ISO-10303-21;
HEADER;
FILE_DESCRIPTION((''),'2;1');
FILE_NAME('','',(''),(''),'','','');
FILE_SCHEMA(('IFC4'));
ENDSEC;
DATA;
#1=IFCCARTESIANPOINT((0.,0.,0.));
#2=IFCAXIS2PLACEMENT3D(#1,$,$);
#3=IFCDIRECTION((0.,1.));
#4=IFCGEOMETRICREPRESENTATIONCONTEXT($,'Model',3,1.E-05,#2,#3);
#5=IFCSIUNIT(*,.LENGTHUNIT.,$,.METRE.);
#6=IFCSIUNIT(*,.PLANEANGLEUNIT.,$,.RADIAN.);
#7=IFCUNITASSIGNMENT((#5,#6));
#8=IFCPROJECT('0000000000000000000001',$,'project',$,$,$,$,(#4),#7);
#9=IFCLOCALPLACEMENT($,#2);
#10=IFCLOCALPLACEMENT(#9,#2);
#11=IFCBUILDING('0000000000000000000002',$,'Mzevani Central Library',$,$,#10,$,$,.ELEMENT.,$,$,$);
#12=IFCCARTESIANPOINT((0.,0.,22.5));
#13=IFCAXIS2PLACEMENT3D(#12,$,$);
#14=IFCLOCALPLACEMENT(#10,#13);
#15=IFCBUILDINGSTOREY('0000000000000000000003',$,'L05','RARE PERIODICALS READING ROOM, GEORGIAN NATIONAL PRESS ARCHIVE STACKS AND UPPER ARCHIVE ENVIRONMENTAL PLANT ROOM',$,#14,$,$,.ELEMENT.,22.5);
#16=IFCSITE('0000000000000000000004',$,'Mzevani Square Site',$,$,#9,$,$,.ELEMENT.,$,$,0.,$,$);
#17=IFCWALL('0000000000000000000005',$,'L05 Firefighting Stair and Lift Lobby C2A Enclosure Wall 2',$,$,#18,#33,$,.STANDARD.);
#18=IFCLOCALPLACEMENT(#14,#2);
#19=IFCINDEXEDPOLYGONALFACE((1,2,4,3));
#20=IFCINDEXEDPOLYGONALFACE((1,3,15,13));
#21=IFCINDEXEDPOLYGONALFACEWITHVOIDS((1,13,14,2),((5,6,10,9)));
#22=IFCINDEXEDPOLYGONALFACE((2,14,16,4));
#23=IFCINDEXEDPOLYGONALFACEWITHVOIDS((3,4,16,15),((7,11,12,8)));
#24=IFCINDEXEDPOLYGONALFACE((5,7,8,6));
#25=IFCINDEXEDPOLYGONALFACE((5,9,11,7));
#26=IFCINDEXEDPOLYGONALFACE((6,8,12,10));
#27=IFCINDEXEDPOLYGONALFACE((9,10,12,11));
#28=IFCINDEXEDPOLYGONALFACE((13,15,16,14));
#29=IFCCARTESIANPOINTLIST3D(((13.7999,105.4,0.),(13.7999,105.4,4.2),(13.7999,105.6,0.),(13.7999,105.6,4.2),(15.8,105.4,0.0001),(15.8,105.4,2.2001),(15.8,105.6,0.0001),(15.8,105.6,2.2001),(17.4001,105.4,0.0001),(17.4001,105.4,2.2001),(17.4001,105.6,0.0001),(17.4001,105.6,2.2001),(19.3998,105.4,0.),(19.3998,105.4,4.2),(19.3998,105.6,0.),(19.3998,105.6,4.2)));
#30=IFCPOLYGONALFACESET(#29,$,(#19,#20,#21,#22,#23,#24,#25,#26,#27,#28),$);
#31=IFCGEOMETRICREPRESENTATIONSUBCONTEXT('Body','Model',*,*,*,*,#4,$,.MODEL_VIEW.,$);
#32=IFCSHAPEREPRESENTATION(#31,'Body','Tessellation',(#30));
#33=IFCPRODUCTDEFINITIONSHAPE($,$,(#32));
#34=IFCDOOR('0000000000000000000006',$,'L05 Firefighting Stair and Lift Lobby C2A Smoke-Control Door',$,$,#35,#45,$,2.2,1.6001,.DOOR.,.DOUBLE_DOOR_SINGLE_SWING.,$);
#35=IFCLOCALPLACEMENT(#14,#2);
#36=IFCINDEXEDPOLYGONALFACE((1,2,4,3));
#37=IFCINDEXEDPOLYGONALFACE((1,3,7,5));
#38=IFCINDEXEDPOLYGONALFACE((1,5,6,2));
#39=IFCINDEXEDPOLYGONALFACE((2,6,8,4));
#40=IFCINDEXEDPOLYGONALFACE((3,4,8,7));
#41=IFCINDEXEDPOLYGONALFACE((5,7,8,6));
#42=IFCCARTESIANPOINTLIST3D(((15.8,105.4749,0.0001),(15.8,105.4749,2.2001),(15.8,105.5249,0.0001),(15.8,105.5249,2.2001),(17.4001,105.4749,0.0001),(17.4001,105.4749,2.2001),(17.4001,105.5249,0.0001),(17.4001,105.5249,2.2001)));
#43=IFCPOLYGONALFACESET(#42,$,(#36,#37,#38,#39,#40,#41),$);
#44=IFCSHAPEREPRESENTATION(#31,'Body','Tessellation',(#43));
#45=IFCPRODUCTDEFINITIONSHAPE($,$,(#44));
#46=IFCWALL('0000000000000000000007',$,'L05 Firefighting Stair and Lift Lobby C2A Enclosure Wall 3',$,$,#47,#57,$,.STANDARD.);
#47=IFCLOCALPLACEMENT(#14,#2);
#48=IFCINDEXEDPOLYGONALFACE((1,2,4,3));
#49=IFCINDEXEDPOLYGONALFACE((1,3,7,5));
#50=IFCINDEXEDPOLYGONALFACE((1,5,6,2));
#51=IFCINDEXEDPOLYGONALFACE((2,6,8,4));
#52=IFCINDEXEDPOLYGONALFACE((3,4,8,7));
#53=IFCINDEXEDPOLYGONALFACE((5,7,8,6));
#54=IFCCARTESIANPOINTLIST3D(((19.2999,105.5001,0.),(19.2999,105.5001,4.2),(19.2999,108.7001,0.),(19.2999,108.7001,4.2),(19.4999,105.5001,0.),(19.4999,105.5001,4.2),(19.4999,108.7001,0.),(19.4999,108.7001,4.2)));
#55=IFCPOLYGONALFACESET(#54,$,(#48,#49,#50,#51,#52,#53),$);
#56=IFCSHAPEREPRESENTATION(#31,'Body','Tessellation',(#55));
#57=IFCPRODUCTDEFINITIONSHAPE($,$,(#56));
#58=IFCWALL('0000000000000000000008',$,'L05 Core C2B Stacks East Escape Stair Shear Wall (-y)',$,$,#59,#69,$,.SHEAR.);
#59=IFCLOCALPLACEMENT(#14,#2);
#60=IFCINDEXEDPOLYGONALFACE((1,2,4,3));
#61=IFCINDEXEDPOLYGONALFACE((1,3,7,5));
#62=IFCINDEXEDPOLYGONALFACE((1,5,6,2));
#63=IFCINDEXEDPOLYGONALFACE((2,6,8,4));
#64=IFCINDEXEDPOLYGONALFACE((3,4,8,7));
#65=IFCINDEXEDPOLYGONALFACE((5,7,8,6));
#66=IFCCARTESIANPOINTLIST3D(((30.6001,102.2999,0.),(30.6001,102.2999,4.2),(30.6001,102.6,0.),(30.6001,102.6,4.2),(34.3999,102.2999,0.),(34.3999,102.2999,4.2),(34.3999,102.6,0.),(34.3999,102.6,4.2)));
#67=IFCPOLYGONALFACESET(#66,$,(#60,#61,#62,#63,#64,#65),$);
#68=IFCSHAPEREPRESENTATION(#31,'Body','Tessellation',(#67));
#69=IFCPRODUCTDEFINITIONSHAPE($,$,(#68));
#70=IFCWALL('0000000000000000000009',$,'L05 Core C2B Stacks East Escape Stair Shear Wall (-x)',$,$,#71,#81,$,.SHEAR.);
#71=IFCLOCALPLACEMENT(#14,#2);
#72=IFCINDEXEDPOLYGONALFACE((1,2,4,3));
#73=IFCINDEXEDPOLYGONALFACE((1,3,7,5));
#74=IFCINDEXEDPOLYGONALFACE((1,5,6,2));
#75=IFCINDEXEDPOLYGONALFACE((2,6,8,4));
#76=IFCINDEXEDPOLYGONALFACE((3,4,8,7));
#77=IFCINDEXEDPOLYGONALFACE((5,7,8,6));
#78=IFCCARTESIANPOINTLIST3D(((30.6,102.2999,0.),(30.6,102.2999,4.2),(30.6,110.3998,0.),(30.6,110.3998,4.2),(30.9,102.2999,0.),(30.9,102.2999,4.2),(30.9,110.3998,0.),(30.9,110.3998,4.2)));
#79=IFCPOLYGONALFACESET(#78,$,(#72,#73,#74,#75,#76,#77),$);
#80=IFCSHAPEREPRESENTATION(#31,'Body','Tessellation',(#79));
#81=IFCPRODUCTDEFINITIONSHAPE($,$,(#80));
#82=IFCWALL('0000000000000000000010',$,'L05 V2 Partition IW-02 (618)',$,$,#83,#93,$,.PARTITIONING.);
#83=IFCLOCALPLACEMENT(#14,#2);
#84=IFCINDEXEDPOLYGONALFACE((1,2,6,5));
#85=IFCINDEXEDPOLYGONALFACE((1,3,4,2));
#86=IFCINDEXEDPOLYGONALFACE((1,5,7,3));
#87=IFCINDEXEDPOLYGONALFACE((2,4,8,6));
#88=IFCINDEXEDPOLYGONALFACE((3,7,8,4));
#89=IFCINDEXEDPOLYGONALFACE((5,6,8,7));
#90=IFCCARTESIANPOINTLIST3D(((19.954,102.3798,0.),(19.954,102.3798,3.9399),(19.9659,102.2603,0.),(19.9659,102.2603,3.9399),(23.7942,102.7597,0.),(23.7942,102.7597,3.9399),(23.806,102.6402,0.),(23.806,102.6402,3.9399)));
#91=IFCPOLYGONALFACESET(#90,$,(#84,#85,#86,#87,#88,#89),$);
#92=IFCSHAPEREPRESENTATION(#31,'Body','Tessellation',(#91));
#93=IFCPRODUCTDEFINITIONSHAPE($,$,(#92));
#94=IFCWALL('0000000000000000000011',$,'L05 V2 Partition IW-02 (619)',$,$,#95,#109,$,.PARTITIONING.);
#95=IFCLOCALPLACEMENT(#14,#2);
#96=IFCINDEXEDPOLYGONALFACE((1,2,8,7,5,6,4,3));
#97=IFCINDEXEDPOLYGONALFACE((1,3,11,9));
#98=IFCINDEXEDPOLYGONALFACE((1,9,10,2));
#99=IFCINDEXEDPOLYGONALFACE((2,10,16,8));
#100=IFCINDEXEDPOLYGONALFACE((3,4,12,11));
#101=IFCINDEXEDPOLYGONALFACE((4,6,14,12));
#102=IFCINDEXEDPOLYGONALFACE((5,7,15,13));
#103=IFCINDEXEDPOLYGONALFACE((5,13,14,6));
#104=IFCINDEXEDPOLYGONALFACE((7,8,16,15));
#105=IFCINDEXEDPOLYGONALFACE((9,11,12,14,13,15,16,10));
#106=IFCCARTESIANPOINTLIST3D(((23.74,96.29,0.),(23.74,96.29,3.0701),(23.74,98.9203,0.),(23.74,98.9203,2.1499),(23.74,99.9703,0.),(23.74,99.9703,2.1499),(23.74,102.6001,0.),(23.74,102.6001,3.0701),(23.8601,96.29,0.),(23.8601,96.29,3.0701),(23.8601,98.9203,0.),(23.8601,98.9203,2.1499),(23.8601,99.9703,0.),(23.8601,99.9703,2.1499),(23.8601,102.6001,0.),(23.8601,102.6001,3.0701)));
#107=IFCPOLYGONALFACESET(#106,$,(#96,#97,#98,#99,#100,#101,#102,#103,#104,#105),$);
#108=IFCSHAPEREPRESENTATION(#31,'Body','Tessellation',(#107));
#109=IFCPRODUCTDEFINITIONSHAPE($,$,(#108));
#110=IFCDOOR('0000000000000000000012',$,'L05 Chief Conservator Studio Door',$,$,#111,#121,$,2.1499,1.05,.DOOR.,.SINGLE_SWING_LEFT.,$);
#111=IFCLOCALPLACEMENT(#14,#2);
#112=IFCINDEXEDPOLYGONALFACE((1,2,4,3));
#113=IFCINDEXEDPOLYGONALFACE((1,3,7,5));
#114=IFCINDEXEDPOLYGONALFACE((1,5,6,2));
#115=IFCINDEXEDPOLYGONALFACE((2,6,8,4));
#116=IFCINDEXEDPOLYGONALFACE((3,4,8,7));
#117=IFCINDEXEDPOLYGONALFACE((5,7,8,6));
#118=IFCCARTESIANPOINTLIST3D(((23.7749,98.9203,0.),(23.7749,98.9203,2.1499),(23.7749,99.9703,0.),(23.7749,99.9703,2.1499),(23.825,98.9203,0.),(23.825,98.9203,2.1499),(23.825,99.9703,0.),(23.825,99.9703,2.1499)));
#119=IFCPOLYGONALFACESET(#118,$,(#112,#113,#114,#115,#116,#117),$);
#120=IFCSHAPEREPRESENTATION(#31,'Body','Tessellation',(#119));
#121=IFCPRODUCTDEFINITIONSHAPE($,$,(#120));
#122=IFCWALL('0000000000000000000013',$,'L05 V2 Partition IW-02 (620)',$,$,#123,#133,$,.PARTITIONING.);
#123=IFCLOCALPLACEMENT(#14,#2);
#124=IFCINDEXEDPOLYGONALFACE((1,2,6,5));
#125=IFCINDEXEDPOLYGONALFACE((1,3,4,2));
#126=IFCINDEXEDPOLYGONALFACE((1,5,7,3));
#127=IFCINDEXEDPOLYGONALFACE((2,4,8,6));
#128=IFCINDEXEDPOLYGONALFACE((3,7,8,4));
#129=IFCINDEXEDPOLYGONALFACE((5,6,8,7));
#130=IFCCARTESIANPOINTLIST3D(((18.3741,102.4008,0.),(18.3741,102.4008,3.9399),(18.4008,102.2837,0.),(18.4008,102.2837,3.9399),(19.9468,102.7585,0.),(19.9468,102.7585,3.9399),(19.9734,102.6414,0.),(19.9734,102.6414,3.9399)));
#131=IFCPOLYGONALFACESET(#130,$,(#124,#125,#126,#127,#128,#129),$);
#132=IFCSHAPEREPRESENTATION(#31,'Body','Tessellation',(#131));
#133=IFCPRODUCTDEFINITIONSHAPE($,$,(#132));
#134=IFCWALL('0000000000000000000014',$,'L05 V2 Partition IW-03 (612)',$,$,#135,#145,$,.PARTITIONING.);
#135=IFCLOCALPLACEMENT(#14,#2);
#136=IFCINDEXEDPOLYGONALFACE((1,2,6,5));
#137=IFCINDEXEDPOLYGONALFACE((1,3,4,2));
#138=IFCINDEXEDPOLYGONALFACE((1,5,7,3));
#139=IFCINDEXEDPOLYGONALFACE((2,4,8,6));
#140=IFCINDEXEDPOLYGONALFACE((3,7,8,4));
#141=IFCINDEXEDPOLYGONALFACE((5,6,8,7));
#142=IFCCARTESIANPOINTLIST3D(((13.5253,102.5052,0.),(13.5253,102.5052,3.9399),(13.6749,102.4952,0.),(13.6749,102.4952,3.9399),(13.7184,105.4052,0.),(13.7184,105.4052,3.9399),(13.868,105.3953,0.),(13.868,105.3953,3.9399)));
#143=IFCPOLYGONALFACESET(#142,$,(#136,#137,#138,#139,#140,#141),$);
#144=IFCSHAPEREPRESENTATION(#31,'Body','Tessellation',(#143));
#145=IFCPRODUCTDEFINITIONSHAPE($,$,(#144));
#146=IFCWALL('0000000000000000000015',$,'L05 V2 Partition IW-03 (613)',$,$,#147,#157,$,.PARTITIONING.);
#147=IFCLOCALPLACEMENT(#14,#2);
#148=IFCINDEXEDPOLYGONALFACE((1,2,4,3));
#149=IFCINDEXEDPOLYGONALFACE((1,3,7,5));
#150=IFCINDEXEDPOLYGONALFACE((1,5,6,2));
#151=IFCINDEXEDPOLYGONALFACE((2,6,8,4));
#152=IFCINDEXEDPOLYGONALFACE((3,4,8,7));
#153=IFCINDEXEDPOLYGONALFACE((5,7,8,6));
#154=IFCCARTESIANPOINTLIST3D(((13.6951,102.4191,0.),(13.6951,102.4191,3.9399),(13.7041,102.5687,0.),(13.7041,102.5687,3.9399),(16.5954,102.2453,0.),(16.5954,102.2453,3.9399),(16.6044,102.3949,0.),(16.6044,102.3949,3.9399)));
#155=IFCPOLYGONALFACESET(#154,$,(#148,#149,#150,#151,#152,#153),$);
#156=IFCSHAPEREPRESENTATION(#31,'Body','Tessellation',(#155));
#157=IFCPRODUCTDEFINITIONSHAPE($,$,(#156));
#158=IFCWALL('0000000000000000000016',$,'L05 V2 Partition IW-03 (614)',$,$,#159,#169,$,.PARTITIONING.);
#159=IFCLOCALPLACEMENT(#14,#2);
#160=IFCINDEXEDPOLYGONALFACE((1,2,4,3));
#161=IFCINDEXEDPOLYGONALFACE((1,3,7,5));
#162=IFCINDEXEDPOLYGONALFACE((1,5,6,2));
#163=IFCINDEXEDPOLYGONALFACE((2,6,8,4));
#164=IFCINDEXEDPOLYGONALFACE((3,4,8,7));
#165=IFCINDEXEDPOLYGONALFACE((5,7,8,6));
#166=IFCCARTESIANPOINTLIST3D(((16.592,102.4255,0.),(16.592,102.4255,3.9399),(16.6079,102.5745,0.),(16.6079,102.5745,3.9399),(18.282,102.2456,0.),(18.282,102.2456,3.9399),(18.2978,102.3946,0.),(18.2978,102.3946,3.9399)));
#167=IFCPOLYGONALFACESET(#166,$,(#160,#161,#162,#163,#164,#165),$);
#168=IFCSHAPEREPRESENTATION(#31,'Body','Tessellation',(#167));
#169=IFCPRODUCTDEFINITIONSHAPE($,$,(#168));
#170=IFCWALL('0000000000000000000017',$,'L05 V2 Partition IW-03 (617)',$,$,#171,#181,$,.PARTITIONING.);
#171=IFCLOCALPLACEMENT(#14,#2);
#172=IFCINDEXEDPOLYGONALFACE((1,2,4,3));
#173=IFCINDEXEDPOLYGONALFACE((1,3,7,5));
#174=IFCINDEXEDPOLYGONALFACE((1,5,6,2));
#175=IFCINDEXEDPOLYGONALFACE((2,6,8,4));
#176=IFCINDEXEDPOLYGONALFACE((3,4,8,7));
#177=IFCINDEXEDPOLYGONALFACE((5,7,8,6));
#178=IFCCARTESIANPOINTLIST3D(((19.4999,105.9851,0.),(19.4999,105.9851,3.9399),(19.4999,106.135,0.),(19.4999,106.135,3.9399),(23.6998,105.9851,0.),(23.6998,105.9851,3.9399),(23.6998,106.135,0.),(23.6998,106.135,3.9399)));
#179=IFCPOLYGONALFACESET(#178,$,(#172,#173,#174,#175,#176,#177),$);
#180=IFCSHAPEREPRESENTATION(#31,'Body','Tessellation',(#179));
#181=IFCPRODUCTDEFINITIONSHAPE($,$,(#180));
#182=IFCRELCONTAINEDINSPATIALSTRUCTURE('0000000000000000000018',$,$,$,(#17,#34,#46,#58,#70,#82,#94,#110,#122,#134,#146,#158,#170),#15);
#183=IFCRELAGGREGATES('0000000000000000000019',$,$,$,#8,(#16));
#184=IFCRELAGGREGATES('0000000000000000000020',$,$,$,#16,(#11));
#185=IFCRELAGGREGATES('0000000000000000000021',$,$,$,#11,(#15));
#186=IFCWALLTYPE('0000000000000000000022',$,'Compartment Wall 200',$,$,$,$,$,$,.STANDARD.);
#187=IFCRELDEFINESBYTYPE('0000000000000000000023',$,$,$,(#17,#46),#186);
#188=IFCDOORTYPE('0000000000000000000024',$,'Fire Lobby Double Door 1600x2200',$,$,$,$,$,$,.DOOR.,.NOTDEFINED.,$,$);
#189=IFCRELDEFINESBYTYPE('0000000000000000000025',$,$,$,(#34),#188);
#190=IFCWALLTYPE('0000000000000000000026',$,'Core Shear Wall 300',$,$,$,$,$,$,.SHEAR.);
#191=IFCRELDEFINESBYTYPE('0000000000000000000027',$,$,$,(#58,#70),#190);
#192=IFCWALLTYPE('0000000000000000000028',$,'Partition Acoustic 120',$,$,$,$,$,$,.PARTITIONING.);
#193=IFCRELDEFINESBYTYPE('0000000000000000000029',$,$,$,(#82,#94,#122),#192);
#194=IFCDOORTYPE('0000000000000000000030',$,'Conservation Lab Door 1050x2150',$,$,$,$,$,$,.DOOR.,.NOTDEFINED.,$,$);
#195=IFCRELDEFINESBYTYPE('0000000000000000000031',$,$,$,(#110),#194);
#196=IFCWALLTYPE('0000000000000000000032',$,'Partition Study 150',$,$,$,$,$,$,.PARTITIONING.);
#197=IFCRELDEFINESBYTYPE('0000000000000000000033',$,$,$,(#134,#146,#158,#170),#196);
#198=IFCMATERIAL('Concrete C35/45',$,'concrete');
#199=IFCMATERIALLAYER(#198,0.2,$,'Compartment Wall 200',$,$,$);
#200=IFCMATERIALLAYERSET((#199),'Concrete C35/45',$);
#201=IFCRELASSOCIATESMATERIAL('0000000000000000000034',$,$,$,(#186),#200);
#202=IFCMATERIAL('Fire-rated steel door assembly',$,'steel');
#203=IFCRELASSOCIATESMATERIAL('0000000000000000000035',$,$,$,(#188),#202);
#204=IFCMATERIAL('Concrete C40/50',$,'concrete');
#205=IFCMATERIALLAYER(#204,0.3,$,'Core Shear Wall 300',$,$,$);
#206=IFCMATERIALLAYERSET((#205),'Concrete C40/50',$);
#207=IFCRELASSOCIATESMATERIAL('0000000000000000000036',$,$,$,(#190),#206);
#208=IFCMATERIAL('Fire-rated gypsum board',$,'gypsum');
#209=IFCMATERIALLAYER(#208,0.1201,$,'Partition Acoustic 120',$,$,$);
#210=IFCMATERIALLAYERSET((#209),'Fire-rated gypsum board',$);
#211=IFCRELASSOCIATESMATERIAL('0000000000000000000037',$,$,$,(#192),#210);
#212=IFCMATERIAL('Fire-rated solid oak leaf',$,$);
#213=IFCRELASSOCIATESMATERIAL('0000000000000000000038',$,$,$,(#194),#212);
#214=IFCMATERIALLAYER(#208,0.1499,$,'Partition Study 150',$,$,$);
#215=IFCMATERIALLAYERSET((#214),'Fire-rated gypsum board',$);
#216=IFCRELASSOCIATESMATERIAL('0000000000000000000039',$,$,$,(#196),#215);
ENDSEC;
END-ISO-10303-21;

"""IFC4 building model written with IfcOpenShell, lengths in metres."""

from ifc_helpers import new_model, si_unit, direction, frame, frame_2d, origin, place, context, subcontext, project, spatial, rectangle, extrude, material, layer, layer_set, type_object, element, fill, save


model = new_model("IFC4")

# Units and contexts
model_context = context("Model", 3, precision=1e-05, world=origin(), true_north=direction((0.0, 1.0)))
body_context = subcontext(model_context, "Body", "Model", "MODEL_VIEW")
ifc_project = project(units=[si_unit("LENGTHUNIT", "METRE"), si_unit("PLANEANGLEUNIT", "RADIAN")], contexts=[model_context])

# Site, building, storey
site_placement = place(None, origin())
site = spatial("IfcSite", under=ifc_project, at=site_placement, Name="Mzevani Square Site", CompositionType="ELEMENT", RefElevation=0.0)
building_placement = place(site_placement, origin())
building = spatial("IfcBuilding", under=site, at=building_placement, Name="Mzevani Central Library", CompositionType="ELEMENT")
storey_placement = place(building_placement, frame((0.0, 0.0, 22.5)))
storey = spatial("IfcBuildingStorey", under=building, at=storey_placement, Name="L05", Description="RARE PERIODICALS READING ROOM, GEORGIAN NATIONAL PRESS ARCHIVE STACKS AND UPPER ARCHIVE ENVIRONMENTAL PLANT ROOM", CompositionType="ELEMENT", Elevation=22.5)

# Wall, opening, door
ifc_material_1 = material(Name="Concrete C35/45", Category="concrete")
ifc_layer_1 = layer(ifc_material_1, 0.2, Name="Compartment Wall 200")
ifc_layer_set_1 = layer_set([ifc_layer_1], Name="Concrete C35/45")
wall_type_1 = type_object("IfcWallType", Name="Compartment Wall 200", PredefinedType="STANDARD", material=ifc_layer_set_1)
wall_1_placement = place(storey_placement, frame((13.8, 105.5, 0.0), z_axis=(0.0, 0.0, 1.0), x_axis=(1.0, 0.0, 0.0)))
wall_1 = element("IfcWall", 1, at=wall_1_placement, inside=storey, type_object=wall_type_1, Name="L05 Firefighting Stair and Lift Lobby C2A Enclosure Wall 2", PredefinedType="STANDARD", context=body_context, shape_type="SweptSolid", body=[
    extrude(rectangle(XDim=5.5999, YDim=0.2, at=frame_2d((2.7998, 0.0))), origin(), (0.0, 0.0, 1.0), 4.2),
])
opening_1_placement = place(wall_1_placement, frame((2.0, 0.0, 0.0)))
opening_1 = element("IfcOpeningElement", 2, at=opening_1_placement, cuts=wall_1, PredefinedType="OPENING", context=body_context, shape_type="SweptSolid", body=[
    extrude(rectangle(XDim=1.6001, YDim=2.2, at=frame_2d((0.8, 1.1001))), frame((0.0, 0.1099, 0.0), z_axis=(0.0, -1.0, 0.0), x_axis=(1.0, 0.0, 0.0)), (0.0, 0.0, 1.0), 0.22),
])
ifc_material_2 = material(Name="Fire-rated steel door assembly", Category="steel")
door_type_1 = type_object("IfcDoorType", Name="Fire Lobby Double Door 1600x2200", OperationType="NOTDEFINED", PredefinedType="DOOR", material=ifc_material_2)
door_1_placement = place(opening_1_placement, origin())
door_1 = element("IfcDoor", 3, at=door_1_placement, inside=storey, type_object=door_type_1, Name="L05 Firefighting Stair and Lift Lobby C2A Smoke-Control Door", OperationType="DOUBLE_DOOR_SINGLE_SWING", OverallHeight=2.2, OverallWidth=1.6001, PredefinedType="DOOR", context=body_context, shape_type="SweptSolid", body=[
    extrude(rectangle(XDim=1.6001, YDim=2.2, at=frame_2d((0.8, 1.1001))), frame((0.0, 0.0249, 0.0), z_axis=(0.0, -1.0, 0.0), x_axis=(1.0, 0.0, 0.0)), (0.0, 0.0, 1.0), 0.05),
])
fill(opening_1, door_1)

# Walls
wall_2_placement = place(storey_placement, frame((19.3999, 105.5, 0.0), z_axis=(0.0, 0.0, 1.0), x_axis=(0.0, 1.0, 0.0)))
element("IfcWall", 4, at=wall_2_placement, inside=storey, type_object=wall_type_1, Name="L05 Firefighting Stair and Lift Lobby C2A Enclosure Wall 3", PredefinedType="STANDARD", context=body_context, shape_type="SweptSolid", body=[
    extrude(rectangle(XDim=3.2, YDim=0.2, at=frame_2d((1.6001, 0.0))), origin(), (0.0, 0.0, 1.0), 4.2),
])
ifc_material_3 = material(Name="Concrete C40/50", Category="concrete")
ifc_layer_2 = layer(ifc_material_3, 0.3, Name="Core Shear Wall 300")
ifc_layer_set_2 = layer_set([ifc_layer_2], Name="Concrete C40/50")
wall_type_2 = type_object("IfcWallType", Name="Core Shear Wall 300", PredefinedType="SHEAR", material=ifc_layer_set_2)
wall_3_placement = place(storey_placement, frame((34.3999, 102.45, 0.0), z_axis=(0.0, 0.0, 1.0), x_axis=(-1.0, 0.0, 0.0)))
element("IfcWall", 5, at=wall_3_placement, inside=storey, type_object=wall_type_2, Name="L05 Core C2B Stacks East Escape Stair Shear Wall (-y)", PredefinedType="SHEAR", context=body_context, shape_type="SweptSolid", body=[
    extrude(rectangle(XDim=3.7998, YDim=0.3, at=frame_2d((1.8999, 0.0))), origin(), (0.0, 0.0, 1.0), 4.2),
])
wall_4_placement = place(storey_placement, frame((30.75, 102.3, 0.0), z_axis=(0.0, 0.0, 1.0), x_axis=(0.0, 1.0, 0.0)))
element("IfcWall", 6, at=wall_4_placement, inside=storey, type_object=wall_type_2, Name="L05 Core C2B Stacks East Escape Stair Shear Wall (-x)", PredefinedType="SHEAR", context=body_context, shape_type="SweptSolid", body=[
    extrude(rectangle(XDim=8.0999, YDim=0.3, at=frame_2d((4.0498, 0.0))), origin(), (0.0, 0.0, 1.0), 4.2),
])
ifc_material_4 = material(Name="Fire-rated gypsum board", Category="gypsum")
ifc_layer_3 = layer(ifc_material_4, 0.1201, Name="Partition Acoustic 120")
ifc_layer_set_3 = layer_set([ifc_layer_3], Name="Fire-rated gypsum board")
wall_type_3 = type_object("IfcWallType", Name="Partition Acoustic 120", PredefinedType="PARTITIONING", material=ifc_layer_set_3)
wall_5_placement = place(storey_placement, frame((19.96, 102.3201, 0.0), z_axis=(0.0, 0.0, 1.0), x_axis=(0.995142, 0.098445, 0.0)))
element("IfcWall", 7, at=wall_5_placement, inside=storey, type_object=wall_type_3, Name="L05 V2 Partition IW-02 (618)", PredefinedType="PARTITIONING", context=body_context, shape_type="SweptSolid", body=[
    extrude(rectangle(XDim=3.8589, YDim=0.1201, at=frame_2d((1.9294, 0.0))), origin(), (0.0, 0.0, 1.0), 3.9399),
])

# Wall, opening, door
wall_6_placement = place(storey_placement, frame((23.8, 102.6001, 0.0), z_axis=(0.0, 0.0, 1.0), x_axis=(0.0, -1.0, 0.0)))
wall_6 = element("IfcWall", 8, at=wall_6_placement, inside=storey, type_object=wall_type_3, Name="L05 V2 Partition IW-02 (619)", PredefinedType="PARTITIONING", context=body_context, shape_type="SweptSolid", body=[
    extrude(rectangle(XDim=6.3101, YDim=0.1201, at=frame_2d((3.155, 0.0))), origin(), (0.0, 0.0, 1.0), 3.0701),
])
opening_2_placement = place(wall_6_placement, frame((2.6299, 0.0, 0.0)))
opening_2 = element("IfcOpeningElement", 9, at=opening_2_placement, cuts=wall_6, PredefinedType="OPENING", context=body_context, shape_type="SweptSolid", body=[
    extrude(rectangle(XDim=1.05, YDim=2.1499, at=frame_2d((0.5249, 1.075))), frame((0.0, 0.0701, 0.0), z_axis=(0.0, -1.0, 0.0), x_axis=(1.0, 0.0, 0.0)), (0.0, 0.0, 1.0), 0.1401),
])
ifc_material_5 = material(Name="Fire-rated solid oak leaf")
door_type_2 = type_object("IfcDoorType", Name="Conservation Lab Door 1050x2150", OperationType="NOTDEFINED", PredefinedType="DOOR", material=ifc_material_5)
door_2_placement = place(opening_2_placement, origin())
door_2 = element("IfcDoor", 10, at=door_2_placement, inside=storey, type_object=door_type_2, Name="L05 Chief Conservator Studio Door", OperationType="SINGLE_SWING_LEFT", OverallHeight=2.1499, OverallWidth=1.05, PredefinedType="DOOR", context=body_context, shape_type="SweptSolid", body=[
    extrude(rectangle(XDim=1.05, YDim=2.1499, at=frame_2d((0.5249, 1.075))), frame((0.0, 0.0249, 0.0), z_axis=(0.0, -1.0, 0.0), x_axis=(1.0, 0.0, 0.0)), (0.0, 0.0, 1.0), 0.05),
])
fill(opening_2, door_2)

# Walls
wall_7_placement = place(storey_placement, frame((18.3875, 102.3423, 0.0), z_axis=(0.0, 0.0, 1.0), x_axis=(0.975096, 0.221785, 0.0)))
element("IfcWall", 11, at=wall_7_placement, inside=storey, type_object=wall_type_3, Name="L05 V2 Partition IW-02 (620)", PredefinedType="PARTITIONING", context=body_context, shape_type="SweptSolid", body=[
    extrude(rectangle(XDim=1.6128, YDim=0.1201, at=frame_2d((0.8064, 0.0))), origin(), (0.0, 0.0, 1.0), 3.9399),
])
ifc_layer_4 = layer(ifc_material_4, 0.1499, Name="Partition Study 150")
ifc_layer_set_4 = layer_set([ifc_layer_4], Name="Fire-rated gypsum board")
wall_type_4 = type_object("IfcWallType", Name="Partition Study 150", PredefinedType="PARTITIONING", material=ifc_layer_set_4)
wall_8_placement = place(storey_placement, frame((13.7932, 105.4001, 0.0), z_axis=(0.0, 0.0, 1.0), x_axis=(-0.066441, -0.99779, 0.0)))
element("IfcWall", 12, at=wall_8_placement, inside=storey, type_object=wall_type_4, Name="L05 V2 Partition IW-03 (612)", PredefinedType="PARTITIONING", context=body_context, shape_type="SweptSolid", body=[
    extrude(rectangle(XDim=2.9065, YDim=0.1499, at=frame_2d((1.4531, 0.0))), origin(), (0.0, 0.0, 1.0), 3.9399),
])
wall_9_placement = place(storey_placement, frame((13.6997, 102.4939, 0.0), z_axis=(0.0, 0.0, 1.0), x_axis=(0.998209, -0.059825, 0.0)))
element("IfcWall", 13, at=wall_9_placement, inside=storey, type_object=wall_type_4, Name="L05 V2 Partition IW-03 (613)", PredefinedType="PARTITIONING", context=body_context, shape_type="SweptSolid", body=[
    extrude(rectangle(XDim=2.9055, YDim=0.1499, at=frame_2d((1.4526, 0.0))), origin(), (0.0, 0.0, 1.0), 3.9399),
])
wall_10_placement = place(storey_placement, frame((16.6001, 102.5, 0.0), z_axis=(0.0, 0.0, 1.0), x_axis=(0.99438, -0.105874, 0.0)))
element("IfcWall", 14, at=wall_10_placement, inside=storey, type_object=wall_type_4, Name="L05 V2 Partition IW-03 (614)", PredefinedType="PARTITIONING", context=body_context, shape_type="SweptSolid", body=[
    extrude(rectangle(XDim=1.6995, YDim=0.1499, at=frame_2d((0.8496, 0.0))), origin(), (0.0, 0.0, 1.0), 3.9399),
])
wall_11_placement = place(storey_placement, frame((23.7, 106.0601, 0.0), z_axis=(0.0, 0.0, 1.0), x_axis=(-1.0, 0.0, 0.0)))
element("IfcWall", 15, at=wall_11_placement, inside=storey, type_object=wall_type_4, Name="L05 V2 Partition IW-03 (617)", PredefinedType="PARTITIONING", context=body_context, shape_type="SweptSolid", body=[
    extrude(rectangle(XDim=4.2, YDim=0.1499, at=frame_2d((2.1001, 0.0))), origin(), (0.0, 0.0, 1.0), 3.9399),
])

save(model, "model.ifc")
